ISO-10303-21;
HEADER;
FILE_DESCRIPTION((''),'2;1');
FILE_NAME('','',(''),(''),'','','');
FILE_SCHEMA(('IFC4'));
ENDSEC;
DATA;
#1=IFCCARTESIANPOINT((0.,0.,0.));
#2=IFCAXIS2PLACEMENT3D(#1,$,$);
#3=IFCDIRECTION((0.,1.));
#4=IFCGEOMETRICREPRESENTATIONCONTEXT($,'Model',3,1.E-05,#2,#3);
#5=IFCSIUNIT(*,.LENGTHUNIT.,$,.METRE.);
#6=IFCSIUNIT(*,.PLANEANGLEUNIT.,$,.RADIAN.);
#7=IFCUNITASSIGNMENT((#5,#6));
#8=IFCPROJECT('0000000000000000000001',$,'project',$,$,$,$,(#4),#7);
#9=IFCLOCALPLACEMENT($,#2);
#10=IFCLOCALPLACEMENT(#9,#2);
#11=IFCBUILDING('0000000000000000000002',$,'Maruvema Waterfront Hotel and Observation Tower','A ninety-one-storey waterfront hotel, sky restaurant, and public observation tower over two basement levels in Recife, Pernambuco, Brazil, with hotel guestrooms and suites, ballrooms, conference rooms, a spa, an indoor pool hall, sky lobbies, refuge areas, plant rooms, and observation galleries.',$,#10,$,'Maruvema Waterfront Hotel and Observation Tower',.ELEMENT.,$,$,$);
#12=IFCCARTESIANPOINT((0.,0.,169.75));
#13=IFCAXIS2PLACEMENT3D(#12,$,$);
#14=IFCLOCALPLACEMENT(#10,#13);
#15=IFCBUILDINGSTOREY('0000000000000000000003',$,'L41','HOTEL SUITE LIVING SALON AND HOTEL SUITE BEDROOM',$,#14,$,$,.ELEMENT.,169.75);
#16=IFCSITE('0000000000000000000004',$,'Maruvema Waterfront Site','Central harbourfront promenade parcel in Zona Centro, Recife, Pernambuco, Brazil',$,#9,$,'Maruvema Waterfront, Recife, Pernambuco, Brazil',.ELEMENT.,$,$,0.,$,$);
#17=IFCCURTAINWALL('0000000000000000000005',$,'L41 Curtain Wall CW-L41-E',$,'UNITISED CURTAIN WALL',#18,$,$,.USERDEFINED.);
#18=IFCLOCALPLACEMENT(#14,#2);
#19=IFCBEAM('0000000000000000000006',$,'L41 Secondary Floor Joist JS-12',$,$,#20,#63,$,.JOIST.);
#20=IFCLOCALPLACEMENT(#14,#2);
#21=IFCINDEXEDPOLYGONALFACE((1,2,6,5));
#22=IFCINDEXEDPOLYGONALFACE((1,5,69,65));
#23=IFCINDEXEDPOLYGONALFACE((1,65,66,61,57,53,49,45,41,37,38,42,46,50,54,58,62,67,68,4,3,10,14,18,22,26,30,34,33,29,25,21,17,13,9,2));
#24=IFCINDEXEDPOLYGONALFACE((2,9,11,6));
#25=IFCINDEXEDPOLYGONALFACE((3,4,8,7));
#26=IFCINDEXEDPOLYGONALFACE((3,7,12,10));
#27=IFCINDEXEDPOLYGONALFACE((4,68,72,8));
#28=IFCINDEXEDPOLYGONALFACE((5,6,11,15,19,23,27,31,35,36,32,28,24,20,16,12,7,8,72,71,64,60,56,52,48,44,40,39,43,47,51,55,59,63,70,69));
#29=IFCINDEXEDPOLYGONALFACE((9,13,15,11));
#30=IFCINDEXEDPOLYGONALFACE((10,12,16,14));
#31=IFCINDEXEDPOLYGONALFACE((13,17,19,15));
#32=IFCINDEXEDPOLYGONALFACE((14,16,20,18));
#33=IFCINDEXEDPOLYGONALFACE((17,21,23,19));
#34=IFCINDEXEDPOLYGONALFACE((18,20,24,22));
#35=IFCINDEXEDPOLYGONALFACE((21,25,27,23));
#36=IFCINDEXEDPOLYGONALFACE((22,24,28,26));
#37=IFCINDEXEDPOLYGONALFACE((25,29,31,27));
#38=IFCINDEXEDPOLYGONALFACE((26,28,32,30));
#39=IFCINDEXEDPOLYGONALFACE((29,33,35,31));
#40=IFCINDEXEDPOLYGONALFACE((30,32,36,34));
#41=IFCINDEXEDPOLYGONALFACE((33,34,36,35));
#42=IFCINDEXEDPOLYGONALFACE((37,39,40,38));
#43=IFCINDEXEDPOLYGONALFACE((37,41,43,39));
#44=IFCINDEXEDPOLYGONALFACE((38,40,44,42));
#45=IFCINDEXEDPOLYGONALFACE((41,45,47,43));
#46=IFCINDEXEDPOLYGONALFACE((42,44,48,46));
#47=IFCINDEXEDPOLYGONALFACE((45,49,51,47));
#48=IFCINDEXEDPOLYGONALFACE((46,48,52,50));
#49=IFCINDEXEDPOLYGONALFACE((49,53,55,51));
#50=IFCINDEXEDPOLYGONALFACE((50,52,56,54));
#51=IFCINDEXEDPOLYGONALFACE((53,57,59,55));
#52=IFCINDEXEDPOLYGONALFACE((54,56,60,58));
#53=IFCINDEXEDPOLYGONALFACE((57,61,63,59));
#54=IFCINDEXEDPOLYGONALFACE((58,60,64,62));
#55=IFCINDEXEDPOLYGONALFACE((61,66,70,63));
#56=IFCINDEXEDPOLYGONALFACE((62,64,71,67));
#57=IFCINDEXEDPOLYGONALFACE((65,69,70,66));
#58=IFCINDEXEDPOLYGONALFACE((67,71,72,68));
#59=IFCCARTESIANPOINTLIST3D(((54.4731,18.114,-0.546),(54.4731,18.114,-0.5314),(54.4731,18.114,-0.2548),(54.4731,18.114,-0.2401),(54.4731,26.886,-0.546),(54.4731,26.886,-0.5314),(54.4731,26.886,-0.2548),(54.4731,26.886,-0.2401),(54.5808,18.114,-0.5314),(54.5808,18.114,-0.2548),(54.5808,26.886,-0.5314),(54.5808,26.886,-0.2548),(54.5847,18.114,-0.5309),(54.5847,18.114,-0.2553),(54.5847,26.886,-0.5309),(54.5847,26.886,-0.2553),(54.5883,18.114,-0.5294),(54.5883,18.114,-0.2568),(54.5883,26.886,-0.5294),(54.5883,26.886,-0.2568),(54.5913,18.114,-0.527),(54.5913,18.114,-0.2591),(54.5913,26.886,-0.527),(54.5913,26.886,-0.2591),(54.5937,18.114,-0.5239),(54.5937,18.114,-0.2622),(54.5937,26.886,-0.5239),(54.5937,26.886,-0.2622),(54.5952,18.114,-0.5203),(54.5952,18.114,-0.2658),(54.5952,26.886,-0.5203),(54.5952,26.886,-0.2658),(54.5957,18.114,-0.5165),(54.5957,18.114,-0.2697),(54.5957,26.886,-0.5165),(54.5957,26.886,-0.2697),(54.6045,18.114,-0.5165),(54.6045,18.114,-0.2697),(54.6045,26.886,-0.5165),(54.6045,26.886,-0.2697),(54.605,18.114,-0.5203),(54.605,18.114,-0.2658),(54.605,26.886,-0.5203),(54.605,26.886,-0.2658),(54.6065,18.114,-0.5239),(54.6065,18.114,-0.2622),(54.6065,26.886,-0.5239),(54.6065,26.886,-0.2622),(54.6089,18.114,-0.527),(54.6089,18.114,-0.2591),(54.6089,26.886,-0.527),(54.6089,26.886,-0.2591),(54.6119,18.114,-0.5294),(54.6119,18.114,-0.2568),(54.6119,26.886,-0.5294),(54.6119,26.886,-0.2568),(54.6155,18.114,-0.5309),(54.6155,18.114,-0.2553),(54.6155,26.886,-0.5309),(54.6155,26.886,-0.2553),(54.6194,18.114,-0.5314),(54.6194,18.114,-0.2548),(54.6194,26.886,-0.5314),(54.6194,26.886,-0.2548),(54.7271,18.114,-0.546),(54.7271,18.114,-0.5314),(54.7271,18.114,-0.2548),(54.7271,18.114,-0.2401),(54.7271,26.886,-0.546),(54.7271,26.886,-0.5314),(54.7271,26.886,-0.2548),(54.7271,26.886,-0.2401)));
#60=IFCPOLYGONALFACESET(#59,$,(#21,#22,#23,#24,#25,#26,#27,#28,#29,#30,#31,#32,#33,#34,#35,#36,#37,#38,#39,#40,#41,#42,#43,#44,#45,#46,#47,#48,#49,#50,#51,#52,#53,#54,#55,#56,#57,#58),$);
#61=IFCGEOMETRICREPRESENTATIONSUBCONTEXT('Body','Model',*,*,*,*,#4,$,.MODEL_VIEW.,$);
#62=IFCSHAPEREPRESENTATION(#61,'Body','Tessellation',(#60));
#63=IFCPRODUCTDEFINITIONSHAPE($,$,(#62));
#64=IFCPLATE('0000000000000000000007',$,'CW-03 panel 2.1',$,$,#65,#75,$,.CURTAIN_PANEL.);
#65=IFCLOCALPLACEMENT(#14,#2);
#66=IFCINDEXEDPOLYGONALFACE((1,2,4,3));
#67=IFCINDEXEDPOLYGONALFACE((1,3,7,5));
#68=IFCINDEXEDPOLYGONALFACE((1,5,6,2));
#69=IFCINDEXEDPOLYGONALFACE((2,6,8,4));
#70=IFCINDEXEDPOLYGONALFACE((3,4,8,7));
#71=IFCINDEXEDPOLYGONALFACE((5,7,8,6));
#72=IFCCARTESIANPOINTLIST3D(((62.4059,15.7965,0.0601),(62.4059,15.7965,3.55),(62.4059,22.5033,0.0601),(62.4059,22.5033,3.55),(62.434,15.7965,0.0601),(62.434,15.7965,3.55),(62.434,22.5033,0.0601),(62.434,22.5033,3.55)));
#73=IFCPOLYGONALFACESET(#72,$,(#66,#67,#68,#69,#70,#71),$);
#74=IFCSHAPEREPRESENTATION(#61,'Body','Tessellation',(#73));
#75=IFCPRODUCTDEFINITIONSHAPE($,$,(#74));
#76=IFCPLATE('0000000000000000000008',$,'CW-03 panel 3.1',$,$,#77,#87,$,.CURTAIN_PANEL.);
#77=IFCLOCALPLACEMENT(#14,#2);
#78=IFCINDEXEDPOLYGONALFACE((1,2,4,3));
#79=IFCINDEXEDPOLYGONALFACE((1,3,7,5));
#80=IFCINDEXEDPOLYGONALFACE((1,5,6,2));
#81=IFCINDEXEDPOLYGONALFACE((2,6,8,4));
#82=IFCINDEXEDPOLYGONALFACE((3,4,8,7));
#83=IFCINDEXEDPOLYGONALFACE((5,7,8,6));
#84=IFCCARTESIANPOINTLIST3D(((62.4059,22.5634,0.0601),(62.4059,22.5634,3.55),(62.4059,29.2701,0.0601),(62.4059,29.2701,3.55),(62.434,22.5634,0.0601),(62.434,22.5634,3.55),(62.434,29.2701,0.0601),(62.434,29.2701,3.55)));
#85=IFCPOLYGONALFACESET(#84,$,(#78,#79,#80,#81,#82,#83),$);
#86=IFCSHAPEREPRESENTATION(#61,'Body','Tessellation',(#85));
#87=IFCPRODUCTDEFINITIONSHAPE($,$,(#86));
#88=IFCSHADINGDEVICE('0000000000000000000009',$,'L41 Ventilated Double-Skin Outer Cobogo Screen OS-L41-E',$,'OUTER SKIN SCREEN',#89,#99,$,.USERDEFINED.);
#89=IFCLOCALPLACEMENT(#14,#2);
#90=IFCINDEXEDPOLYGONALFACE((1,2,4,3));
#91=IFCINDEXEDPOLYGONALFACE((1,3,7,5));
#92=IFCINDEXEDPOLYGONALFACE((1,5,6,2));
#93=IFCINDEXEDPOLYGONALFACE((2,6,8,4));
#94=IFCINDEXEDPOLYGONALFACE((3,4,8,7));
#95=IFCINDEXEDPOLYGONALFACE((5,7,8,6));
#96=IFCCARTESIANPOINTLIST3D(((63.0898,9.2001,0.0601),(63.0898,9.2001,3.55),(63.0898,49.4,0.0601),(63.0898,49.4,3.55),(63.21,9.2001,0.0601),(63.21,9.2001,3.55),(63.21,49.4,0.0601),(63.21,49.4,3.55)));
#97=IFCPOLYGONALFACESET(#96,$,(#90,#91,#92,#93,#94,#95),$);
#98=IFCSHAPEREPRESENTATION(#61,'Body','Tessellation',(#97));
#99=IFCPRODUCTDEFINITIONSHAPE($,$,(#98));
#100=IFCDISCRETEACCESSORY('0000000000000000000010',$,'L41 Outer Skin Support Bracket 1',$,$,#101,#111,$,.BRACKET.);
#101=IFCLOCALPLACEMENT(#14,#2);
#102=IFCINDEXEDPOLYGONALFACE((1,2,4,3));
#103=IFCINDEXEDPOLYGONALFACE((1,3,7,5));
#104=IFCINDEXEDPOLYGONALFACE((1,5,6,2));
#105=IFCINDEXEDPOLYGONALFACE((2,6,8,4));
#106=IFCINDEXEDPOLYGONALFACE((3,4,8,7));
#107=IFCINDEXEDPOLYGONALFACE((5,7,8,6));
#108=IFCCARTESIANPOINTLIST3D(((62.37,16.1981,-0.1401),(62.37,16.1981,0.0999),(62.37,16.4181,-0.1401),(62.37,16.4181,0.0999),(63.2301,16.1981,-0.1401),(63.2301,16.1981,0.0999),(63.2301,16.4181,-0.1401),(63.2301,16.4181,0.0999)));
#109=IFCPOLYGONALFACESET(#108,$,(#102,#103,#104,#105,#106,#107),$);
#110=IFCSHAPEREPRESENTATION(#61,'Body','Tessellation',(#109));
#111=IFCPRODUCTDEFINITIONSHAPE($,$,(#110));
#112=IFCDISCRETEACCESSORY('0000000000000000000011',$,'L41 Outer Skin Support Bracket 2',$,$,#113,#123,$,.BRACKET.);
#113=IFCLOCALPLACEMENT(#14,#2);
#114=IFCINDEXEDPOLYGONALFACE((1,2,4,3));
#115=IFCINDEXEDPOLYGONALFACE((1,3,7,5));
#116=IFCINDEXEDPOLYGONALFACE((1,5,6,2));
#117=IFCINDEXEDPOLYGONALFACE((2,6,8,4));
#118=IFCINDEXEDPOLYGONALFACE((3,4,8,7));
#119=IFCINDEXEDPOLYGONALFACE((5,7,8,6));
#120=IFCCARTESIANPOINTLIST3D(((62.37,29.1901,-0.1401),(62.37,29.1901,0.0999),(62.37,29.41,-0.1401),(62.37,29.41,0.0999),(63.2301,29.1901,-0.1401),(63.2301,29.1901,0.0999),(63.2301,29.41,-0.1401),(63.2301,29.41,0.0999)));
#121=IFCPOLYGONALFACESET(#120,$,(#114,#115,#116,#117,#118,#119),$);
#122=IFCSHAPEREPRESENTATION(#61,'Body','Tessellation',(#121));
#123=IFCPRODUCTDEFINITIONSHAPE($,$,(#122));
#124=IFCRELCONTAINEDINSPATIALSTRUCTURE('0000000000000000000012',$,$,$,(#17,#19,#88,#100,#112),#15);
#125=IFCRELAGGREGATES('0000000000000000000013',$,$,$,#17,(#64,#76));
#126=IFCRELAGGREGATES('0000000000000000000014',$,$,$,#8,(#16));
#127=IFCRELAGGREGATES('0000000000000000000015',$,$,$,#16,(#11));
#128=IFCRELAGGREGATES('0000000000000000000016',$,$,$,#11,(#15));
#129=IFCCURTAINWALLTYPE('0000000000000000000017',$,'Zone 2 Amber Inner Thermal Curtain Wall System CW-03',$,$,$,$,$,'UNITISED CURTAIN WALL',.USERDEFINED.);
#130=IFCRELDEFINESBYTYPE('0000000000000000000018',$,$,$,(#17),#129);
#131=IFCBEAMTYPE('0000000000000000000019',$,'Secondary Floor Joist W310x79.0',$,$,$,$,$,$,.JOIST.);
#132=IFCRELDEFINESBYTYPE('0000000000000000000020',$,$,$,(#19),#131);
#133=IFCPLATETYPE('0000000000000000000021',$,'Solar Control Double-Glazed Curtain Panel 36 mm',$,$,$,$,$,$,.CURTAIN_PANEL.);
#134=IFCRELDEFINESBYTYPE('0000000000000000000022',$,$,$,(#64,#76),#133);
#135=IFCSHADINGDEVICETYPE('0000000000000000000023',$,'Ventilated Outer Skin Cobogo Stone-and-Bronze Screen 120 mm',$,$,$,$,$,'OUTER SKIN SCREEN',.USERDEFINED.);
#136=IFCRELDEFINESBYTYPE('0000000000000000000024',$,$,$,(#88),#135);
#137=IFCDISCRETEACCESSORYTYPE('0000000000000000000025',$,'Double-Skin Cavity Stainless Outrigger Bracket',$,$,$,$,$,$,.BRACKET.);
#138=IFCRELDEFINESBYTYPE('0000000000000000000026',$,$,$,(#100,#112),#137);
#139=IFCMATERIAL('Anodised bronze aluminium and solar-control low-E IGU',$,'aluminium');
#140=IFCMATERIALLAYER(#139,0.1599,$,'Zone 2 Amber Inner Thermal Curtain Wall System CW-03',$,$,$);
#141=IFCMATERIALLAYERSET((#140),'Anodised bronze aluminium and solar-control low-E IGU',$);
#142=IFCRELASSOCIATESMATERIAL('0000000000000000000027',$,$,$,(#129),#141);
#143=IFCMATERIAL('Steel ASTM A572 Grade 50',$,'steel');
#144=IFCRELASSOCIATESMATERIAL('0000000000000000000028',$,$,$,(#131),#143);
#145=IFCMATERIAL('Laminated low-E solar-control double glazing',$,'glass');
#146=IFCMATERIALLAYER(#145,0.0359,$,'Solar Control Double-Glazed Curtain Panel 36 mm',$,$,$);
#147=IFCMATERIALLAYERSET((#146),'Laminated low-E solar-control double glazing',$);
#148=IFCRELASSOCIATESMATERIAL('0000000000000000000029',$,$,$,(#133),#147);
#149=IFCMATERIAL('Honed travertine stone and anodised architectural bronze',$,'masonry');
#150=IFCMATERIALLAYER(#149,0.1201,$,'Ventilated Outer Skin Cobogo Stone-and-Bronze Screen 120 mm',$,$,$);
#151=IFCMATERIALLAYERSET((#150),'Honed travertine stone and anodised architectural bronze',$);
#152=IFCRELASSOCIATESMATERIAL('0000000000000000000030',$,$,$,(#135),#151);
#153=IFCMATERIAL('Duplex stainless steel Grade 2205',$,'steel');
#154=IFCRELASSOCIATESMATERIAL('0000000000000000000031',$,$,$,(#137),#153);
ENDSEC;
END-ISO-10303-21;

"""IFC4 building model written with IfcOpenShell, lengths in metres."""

from ifc_helpers import new_model, si_unit, direction, frame, origin, origin_2d, place, context, subcontext, project, spatial, rectangle, i_section, extrude, material, layer, layer_set, material_profile, profile_set, type_object, element, aggregate, save


model = new_model("IFC4")

# Units and contexts
model_context = context("Model", 3, precision=1e-05, world=origin(), true_north=direction((0.0, 1.0)))
body_context = subcontext(model_context, "Body", "Model", "MODEL_VIEW")
ifc_project = project(units=[si_unit("LENGTHUNIT", "METRE"), si_unit("PLANEANGLEUNIT", "RADIAN")], contexts=[model_context])

# Site, building, storey
site_placement = place(None, origin())
site = spatial("IfcSite", under=ifc_project, at=site_placement, Name="Maruvema Waterfront Site", Description="Central harbourfront promenade parcel in Zona Centro, Recife, Pernambuco, Brazil", LongName="Maruvema Waterfront, Recife, Pernambuco, Brazil", CompositionType="ELEMENT", RefElevation=0.0)
building_placement = place(site_placement, origin())
building = spatial("IfcBuilding", under=site, at=building_placement, Name="Maruvema Waterfront Hotel and Observation Tower", Description="A ninety-one-storey waterfront hotel, sky restaurant, and public observation tower over two basement levels in Recife, Pernambuco, Brazil, with hotel guestrooms and suites, ballrooms, conference rooms, a spa, an indoor pool hall, sky lobbies, refuge areas, plant rooms, and observation galleries.", LongName="Maruvema Waterfront Hotel and Observation Tower", CompositionType="ELEMENT")
storey_placement = place(building_placement, frame((0.0, 0.0, 169.75)))
storey = spatial("IfcBuildingStorey", under=building, at=storey_placement, Name="L41", Description="HOTEL SUITE LIVING SALON AND HOTEL SUITE BEDROOM", CompositionType="ELEMENT", Elevation=169.75)

# Curtain wall
ifc_material_1 = material(Name="Anodised bronze aluminium and solar-control low-E IGU", Category="aluminium")
ifc_layer_1 = layer(ifc_material_1, 0.1599, Name="Zone 2 Amber Inner Thermal Curtain Wall System CW-03")
ifc_layer_set_1 = layer_set([ifc_layer_1], Name="Anodised bronze aluminium and solar-control low-E IGU")
curtain_wall_type = type_object("IfcCurtainWallType", Name="Zone 2 Amber Inner Thermal Curtain Wall System CW-03", ElementType="UNITISED CURTAIN WALL", PredefinedType="USERDEFINED", material=ifc_layer_set_1)
curtain_wall_placement = place(storey_placement, origin())
curtain_wall = element("IfcCurtainWall", 1, at=curtain_wall_placement, inside=storey, type_object=curtain_wall_type, Name="L41 Curtain Wall CW-L41-E", ObjectType="UNITISED CURTAIN WALL", PredefinedType="USERDEFINED")

# Beam
ifc_material_2 = material(Name="Steel ASTM A572 Grade 50", Category="steel")
ifc_material_profile_1 = material_profile(ifc_material_2, i_section(OverallWidth=0.2539, OverallDepth=0.3059, WebThickness=0.0088, FlangeThickness=0.0146, FilletRadius=0.0149, at=origin_2d()), Name="W310x79.0")
ifc_profile_set_1 = profile_set([ifc_material_profile_1], Name="Steel ASTM A572 Grade 50")
beam_type_1 = type_object("IfcBeamType", Name="Secondary Floor Joist W310x79.0", PredefinedType="JOIST", material=ifc_profile_set_1)
beam_1_placement = place(storey_placement, frame((54.6001, 18.114, -0.3931), z_axis=(0.0, 1.0, 0.0), x_axis=(-1.0, 0.0, 0.0)))
element("IfcBeam", 2, at=beam_1_placement, inside=storey, type_object=beam_type_1, Name="L41 Secondary Floor Joist JS-12", PredefinedType="JOIST", context=body_context, shape_type="SweptSolid", body=[
    extrude(i_section(OverallWidth=0.2539, OverallDepth=0.3059, WebThickness=0.0088, FlangeThickness=0.0146, FilletRadius=0.0149, at=origin_2d()), origin(), (0.0, 0.0, 1.0), 8.772),
])

# Plates
ifc_material_3 = material(Name="Laminated low-E solar-control double glazing", Category="glass")
ifc_layer_2 = layer(ifc_material_3, 0.0359, Name="Solar Control Double-Glazed Curtain Panel 36 mm")
ifc_layer_set_2 = layer_set([ifc_layer_2], Name="Laminated low-E solar-control double glazing")
plate_type = type_object("IfcPlateType", Name="Solar Control Double-Glazed Curtain Panel 36 mm", PredefinedType="CURTAIN_PANEL", material=ifc_layer_set_2)
plate_1_placement = place(storey_placement, frame((62.4199, 19.1499, 0.0601), z_axis=(0.0, 0.0, 1.0), x_axis=(0.0, 1.0, 0.0)))
plate_1 = element("IfcPlate", 3, at=plate_1_placement, type_object=plate_type, Name="CW-03 panel 2.1", PredefinedType="CURTAIN_PANEL", context=body_context, shape_type="SweptSolid", body=[
    extrude(rectangle(XDim=6.7068, YDim=0.0281, at=origin_2d()), origin(), (0.0, 0.0, 1.0), 3.49),
])
plate_2_placement = place(storey_placement, frame((62.4199, 25.9167, 0.0601), z_axis=(0.0, 0.0, 1.0), x_axis=(0.0, 1.0, 0.0)))
plate_2 = element("IfcPlate", 4, at=plate_2_placement, type_object=plate_type, Name="CW-03 panel 3.1", PredefinedType="CURTAIN_PANEL", context=body_context, shape_type="SweptSolid", body=[
    extrude(rectangle(XDim=6.7068, YDim=0.0281, at=origin_2d()), origin(), (0.0, 0.0, 1.0), 3.49),
])
aggregate(curtain_wall, [plate_1, plate_2])

# Shading device
ifc_material_4 = material(Name="Honed travertine stone and anodised architectural bronze", Category="masonry")
ifc_layer_3 = layer(ifc_material_4, 0.1201, Name="Ventilated Outer Skin Cobogo Stone-and-Bronze Screen 120 mm")
ifc_layer_set_3 = layer_set([ifc_layer_3], Name="Honed travertine stone and anodised architectural bronze")
shading_device_type = type_object("IfcShadingDeviceType", Name="Ventilated Outer Skin Cobogo Stone-and-Bronze Screen 120 mm", ElementType="OUTER SKIN SCREEN", PredefinedType="USERDEFINED", material=ifc_layer_set_3)
shading_device_placement = place(storey_placement, frame((63.1499, 29.3, 0.0601), z_axis=(0.0, 0.0, 1.0), x_axis=(0.0, 1.0, 0.0)))
element("IfcShadingDevice", 5, at=shading_device_placement, inside=storey, type_object=shading_device_type, Name="L41 Ventilated Double-Skin Outer Cobogo Screen OS-L41-E", ObjectType="OUTER SKIN SCREEN", PredefinedType="USERDEFINED", context=body_context, shape_type="SweptSolid", body=[
    extrude(rectangle(XDim=40.2, YDim=0.1201, at=origin_2d()), origin(), (0.0, 0.0, 1.0), 3.49),
])

# Discrete accessories
ifc_material_5 = material(Name="Duplex stainless steel Grade 2205", Category="steel")
discrete_accessory_type = type_object("IfcDiscreteAccessoryType", Name="Double-Skin Cavity Stainless Outrigger Bracket", PredefinedType="BRACKET", material=ifc_material_5)
for number, where, z_axis, x_axis, name in (
    (6, (62.8, 16.3081, -0.1401), (0.0, 0.0, 1.0), (0.0, 1.0, 0.0), "L41 Outer Skin Support Bracket 1"),
    (7, (62.8, 29.3, -0.1401), (0.0, 0.0, 1.0), (0.0, 1.0, 0.0), "L41 Outer Skin Support Bracket 2"),
):
    element("IfcDiscreteAccessory", number, at=place(storey_placement, frame(where, z_axis=z_axis, x_axis=x_axis)), inside=storey, type_object=discrete_accessory_type, Name=name, PredefinedType="BRACKET", context=body_context, shape_type="SweptSolid", body=[
        extrude(rectangle(XDim=0.22, YDim=0.8601, at=origin_2d()), origin(), (0.0, 0.0, 1.0), 0.24),
    ])

save(model, "model.ifc")
